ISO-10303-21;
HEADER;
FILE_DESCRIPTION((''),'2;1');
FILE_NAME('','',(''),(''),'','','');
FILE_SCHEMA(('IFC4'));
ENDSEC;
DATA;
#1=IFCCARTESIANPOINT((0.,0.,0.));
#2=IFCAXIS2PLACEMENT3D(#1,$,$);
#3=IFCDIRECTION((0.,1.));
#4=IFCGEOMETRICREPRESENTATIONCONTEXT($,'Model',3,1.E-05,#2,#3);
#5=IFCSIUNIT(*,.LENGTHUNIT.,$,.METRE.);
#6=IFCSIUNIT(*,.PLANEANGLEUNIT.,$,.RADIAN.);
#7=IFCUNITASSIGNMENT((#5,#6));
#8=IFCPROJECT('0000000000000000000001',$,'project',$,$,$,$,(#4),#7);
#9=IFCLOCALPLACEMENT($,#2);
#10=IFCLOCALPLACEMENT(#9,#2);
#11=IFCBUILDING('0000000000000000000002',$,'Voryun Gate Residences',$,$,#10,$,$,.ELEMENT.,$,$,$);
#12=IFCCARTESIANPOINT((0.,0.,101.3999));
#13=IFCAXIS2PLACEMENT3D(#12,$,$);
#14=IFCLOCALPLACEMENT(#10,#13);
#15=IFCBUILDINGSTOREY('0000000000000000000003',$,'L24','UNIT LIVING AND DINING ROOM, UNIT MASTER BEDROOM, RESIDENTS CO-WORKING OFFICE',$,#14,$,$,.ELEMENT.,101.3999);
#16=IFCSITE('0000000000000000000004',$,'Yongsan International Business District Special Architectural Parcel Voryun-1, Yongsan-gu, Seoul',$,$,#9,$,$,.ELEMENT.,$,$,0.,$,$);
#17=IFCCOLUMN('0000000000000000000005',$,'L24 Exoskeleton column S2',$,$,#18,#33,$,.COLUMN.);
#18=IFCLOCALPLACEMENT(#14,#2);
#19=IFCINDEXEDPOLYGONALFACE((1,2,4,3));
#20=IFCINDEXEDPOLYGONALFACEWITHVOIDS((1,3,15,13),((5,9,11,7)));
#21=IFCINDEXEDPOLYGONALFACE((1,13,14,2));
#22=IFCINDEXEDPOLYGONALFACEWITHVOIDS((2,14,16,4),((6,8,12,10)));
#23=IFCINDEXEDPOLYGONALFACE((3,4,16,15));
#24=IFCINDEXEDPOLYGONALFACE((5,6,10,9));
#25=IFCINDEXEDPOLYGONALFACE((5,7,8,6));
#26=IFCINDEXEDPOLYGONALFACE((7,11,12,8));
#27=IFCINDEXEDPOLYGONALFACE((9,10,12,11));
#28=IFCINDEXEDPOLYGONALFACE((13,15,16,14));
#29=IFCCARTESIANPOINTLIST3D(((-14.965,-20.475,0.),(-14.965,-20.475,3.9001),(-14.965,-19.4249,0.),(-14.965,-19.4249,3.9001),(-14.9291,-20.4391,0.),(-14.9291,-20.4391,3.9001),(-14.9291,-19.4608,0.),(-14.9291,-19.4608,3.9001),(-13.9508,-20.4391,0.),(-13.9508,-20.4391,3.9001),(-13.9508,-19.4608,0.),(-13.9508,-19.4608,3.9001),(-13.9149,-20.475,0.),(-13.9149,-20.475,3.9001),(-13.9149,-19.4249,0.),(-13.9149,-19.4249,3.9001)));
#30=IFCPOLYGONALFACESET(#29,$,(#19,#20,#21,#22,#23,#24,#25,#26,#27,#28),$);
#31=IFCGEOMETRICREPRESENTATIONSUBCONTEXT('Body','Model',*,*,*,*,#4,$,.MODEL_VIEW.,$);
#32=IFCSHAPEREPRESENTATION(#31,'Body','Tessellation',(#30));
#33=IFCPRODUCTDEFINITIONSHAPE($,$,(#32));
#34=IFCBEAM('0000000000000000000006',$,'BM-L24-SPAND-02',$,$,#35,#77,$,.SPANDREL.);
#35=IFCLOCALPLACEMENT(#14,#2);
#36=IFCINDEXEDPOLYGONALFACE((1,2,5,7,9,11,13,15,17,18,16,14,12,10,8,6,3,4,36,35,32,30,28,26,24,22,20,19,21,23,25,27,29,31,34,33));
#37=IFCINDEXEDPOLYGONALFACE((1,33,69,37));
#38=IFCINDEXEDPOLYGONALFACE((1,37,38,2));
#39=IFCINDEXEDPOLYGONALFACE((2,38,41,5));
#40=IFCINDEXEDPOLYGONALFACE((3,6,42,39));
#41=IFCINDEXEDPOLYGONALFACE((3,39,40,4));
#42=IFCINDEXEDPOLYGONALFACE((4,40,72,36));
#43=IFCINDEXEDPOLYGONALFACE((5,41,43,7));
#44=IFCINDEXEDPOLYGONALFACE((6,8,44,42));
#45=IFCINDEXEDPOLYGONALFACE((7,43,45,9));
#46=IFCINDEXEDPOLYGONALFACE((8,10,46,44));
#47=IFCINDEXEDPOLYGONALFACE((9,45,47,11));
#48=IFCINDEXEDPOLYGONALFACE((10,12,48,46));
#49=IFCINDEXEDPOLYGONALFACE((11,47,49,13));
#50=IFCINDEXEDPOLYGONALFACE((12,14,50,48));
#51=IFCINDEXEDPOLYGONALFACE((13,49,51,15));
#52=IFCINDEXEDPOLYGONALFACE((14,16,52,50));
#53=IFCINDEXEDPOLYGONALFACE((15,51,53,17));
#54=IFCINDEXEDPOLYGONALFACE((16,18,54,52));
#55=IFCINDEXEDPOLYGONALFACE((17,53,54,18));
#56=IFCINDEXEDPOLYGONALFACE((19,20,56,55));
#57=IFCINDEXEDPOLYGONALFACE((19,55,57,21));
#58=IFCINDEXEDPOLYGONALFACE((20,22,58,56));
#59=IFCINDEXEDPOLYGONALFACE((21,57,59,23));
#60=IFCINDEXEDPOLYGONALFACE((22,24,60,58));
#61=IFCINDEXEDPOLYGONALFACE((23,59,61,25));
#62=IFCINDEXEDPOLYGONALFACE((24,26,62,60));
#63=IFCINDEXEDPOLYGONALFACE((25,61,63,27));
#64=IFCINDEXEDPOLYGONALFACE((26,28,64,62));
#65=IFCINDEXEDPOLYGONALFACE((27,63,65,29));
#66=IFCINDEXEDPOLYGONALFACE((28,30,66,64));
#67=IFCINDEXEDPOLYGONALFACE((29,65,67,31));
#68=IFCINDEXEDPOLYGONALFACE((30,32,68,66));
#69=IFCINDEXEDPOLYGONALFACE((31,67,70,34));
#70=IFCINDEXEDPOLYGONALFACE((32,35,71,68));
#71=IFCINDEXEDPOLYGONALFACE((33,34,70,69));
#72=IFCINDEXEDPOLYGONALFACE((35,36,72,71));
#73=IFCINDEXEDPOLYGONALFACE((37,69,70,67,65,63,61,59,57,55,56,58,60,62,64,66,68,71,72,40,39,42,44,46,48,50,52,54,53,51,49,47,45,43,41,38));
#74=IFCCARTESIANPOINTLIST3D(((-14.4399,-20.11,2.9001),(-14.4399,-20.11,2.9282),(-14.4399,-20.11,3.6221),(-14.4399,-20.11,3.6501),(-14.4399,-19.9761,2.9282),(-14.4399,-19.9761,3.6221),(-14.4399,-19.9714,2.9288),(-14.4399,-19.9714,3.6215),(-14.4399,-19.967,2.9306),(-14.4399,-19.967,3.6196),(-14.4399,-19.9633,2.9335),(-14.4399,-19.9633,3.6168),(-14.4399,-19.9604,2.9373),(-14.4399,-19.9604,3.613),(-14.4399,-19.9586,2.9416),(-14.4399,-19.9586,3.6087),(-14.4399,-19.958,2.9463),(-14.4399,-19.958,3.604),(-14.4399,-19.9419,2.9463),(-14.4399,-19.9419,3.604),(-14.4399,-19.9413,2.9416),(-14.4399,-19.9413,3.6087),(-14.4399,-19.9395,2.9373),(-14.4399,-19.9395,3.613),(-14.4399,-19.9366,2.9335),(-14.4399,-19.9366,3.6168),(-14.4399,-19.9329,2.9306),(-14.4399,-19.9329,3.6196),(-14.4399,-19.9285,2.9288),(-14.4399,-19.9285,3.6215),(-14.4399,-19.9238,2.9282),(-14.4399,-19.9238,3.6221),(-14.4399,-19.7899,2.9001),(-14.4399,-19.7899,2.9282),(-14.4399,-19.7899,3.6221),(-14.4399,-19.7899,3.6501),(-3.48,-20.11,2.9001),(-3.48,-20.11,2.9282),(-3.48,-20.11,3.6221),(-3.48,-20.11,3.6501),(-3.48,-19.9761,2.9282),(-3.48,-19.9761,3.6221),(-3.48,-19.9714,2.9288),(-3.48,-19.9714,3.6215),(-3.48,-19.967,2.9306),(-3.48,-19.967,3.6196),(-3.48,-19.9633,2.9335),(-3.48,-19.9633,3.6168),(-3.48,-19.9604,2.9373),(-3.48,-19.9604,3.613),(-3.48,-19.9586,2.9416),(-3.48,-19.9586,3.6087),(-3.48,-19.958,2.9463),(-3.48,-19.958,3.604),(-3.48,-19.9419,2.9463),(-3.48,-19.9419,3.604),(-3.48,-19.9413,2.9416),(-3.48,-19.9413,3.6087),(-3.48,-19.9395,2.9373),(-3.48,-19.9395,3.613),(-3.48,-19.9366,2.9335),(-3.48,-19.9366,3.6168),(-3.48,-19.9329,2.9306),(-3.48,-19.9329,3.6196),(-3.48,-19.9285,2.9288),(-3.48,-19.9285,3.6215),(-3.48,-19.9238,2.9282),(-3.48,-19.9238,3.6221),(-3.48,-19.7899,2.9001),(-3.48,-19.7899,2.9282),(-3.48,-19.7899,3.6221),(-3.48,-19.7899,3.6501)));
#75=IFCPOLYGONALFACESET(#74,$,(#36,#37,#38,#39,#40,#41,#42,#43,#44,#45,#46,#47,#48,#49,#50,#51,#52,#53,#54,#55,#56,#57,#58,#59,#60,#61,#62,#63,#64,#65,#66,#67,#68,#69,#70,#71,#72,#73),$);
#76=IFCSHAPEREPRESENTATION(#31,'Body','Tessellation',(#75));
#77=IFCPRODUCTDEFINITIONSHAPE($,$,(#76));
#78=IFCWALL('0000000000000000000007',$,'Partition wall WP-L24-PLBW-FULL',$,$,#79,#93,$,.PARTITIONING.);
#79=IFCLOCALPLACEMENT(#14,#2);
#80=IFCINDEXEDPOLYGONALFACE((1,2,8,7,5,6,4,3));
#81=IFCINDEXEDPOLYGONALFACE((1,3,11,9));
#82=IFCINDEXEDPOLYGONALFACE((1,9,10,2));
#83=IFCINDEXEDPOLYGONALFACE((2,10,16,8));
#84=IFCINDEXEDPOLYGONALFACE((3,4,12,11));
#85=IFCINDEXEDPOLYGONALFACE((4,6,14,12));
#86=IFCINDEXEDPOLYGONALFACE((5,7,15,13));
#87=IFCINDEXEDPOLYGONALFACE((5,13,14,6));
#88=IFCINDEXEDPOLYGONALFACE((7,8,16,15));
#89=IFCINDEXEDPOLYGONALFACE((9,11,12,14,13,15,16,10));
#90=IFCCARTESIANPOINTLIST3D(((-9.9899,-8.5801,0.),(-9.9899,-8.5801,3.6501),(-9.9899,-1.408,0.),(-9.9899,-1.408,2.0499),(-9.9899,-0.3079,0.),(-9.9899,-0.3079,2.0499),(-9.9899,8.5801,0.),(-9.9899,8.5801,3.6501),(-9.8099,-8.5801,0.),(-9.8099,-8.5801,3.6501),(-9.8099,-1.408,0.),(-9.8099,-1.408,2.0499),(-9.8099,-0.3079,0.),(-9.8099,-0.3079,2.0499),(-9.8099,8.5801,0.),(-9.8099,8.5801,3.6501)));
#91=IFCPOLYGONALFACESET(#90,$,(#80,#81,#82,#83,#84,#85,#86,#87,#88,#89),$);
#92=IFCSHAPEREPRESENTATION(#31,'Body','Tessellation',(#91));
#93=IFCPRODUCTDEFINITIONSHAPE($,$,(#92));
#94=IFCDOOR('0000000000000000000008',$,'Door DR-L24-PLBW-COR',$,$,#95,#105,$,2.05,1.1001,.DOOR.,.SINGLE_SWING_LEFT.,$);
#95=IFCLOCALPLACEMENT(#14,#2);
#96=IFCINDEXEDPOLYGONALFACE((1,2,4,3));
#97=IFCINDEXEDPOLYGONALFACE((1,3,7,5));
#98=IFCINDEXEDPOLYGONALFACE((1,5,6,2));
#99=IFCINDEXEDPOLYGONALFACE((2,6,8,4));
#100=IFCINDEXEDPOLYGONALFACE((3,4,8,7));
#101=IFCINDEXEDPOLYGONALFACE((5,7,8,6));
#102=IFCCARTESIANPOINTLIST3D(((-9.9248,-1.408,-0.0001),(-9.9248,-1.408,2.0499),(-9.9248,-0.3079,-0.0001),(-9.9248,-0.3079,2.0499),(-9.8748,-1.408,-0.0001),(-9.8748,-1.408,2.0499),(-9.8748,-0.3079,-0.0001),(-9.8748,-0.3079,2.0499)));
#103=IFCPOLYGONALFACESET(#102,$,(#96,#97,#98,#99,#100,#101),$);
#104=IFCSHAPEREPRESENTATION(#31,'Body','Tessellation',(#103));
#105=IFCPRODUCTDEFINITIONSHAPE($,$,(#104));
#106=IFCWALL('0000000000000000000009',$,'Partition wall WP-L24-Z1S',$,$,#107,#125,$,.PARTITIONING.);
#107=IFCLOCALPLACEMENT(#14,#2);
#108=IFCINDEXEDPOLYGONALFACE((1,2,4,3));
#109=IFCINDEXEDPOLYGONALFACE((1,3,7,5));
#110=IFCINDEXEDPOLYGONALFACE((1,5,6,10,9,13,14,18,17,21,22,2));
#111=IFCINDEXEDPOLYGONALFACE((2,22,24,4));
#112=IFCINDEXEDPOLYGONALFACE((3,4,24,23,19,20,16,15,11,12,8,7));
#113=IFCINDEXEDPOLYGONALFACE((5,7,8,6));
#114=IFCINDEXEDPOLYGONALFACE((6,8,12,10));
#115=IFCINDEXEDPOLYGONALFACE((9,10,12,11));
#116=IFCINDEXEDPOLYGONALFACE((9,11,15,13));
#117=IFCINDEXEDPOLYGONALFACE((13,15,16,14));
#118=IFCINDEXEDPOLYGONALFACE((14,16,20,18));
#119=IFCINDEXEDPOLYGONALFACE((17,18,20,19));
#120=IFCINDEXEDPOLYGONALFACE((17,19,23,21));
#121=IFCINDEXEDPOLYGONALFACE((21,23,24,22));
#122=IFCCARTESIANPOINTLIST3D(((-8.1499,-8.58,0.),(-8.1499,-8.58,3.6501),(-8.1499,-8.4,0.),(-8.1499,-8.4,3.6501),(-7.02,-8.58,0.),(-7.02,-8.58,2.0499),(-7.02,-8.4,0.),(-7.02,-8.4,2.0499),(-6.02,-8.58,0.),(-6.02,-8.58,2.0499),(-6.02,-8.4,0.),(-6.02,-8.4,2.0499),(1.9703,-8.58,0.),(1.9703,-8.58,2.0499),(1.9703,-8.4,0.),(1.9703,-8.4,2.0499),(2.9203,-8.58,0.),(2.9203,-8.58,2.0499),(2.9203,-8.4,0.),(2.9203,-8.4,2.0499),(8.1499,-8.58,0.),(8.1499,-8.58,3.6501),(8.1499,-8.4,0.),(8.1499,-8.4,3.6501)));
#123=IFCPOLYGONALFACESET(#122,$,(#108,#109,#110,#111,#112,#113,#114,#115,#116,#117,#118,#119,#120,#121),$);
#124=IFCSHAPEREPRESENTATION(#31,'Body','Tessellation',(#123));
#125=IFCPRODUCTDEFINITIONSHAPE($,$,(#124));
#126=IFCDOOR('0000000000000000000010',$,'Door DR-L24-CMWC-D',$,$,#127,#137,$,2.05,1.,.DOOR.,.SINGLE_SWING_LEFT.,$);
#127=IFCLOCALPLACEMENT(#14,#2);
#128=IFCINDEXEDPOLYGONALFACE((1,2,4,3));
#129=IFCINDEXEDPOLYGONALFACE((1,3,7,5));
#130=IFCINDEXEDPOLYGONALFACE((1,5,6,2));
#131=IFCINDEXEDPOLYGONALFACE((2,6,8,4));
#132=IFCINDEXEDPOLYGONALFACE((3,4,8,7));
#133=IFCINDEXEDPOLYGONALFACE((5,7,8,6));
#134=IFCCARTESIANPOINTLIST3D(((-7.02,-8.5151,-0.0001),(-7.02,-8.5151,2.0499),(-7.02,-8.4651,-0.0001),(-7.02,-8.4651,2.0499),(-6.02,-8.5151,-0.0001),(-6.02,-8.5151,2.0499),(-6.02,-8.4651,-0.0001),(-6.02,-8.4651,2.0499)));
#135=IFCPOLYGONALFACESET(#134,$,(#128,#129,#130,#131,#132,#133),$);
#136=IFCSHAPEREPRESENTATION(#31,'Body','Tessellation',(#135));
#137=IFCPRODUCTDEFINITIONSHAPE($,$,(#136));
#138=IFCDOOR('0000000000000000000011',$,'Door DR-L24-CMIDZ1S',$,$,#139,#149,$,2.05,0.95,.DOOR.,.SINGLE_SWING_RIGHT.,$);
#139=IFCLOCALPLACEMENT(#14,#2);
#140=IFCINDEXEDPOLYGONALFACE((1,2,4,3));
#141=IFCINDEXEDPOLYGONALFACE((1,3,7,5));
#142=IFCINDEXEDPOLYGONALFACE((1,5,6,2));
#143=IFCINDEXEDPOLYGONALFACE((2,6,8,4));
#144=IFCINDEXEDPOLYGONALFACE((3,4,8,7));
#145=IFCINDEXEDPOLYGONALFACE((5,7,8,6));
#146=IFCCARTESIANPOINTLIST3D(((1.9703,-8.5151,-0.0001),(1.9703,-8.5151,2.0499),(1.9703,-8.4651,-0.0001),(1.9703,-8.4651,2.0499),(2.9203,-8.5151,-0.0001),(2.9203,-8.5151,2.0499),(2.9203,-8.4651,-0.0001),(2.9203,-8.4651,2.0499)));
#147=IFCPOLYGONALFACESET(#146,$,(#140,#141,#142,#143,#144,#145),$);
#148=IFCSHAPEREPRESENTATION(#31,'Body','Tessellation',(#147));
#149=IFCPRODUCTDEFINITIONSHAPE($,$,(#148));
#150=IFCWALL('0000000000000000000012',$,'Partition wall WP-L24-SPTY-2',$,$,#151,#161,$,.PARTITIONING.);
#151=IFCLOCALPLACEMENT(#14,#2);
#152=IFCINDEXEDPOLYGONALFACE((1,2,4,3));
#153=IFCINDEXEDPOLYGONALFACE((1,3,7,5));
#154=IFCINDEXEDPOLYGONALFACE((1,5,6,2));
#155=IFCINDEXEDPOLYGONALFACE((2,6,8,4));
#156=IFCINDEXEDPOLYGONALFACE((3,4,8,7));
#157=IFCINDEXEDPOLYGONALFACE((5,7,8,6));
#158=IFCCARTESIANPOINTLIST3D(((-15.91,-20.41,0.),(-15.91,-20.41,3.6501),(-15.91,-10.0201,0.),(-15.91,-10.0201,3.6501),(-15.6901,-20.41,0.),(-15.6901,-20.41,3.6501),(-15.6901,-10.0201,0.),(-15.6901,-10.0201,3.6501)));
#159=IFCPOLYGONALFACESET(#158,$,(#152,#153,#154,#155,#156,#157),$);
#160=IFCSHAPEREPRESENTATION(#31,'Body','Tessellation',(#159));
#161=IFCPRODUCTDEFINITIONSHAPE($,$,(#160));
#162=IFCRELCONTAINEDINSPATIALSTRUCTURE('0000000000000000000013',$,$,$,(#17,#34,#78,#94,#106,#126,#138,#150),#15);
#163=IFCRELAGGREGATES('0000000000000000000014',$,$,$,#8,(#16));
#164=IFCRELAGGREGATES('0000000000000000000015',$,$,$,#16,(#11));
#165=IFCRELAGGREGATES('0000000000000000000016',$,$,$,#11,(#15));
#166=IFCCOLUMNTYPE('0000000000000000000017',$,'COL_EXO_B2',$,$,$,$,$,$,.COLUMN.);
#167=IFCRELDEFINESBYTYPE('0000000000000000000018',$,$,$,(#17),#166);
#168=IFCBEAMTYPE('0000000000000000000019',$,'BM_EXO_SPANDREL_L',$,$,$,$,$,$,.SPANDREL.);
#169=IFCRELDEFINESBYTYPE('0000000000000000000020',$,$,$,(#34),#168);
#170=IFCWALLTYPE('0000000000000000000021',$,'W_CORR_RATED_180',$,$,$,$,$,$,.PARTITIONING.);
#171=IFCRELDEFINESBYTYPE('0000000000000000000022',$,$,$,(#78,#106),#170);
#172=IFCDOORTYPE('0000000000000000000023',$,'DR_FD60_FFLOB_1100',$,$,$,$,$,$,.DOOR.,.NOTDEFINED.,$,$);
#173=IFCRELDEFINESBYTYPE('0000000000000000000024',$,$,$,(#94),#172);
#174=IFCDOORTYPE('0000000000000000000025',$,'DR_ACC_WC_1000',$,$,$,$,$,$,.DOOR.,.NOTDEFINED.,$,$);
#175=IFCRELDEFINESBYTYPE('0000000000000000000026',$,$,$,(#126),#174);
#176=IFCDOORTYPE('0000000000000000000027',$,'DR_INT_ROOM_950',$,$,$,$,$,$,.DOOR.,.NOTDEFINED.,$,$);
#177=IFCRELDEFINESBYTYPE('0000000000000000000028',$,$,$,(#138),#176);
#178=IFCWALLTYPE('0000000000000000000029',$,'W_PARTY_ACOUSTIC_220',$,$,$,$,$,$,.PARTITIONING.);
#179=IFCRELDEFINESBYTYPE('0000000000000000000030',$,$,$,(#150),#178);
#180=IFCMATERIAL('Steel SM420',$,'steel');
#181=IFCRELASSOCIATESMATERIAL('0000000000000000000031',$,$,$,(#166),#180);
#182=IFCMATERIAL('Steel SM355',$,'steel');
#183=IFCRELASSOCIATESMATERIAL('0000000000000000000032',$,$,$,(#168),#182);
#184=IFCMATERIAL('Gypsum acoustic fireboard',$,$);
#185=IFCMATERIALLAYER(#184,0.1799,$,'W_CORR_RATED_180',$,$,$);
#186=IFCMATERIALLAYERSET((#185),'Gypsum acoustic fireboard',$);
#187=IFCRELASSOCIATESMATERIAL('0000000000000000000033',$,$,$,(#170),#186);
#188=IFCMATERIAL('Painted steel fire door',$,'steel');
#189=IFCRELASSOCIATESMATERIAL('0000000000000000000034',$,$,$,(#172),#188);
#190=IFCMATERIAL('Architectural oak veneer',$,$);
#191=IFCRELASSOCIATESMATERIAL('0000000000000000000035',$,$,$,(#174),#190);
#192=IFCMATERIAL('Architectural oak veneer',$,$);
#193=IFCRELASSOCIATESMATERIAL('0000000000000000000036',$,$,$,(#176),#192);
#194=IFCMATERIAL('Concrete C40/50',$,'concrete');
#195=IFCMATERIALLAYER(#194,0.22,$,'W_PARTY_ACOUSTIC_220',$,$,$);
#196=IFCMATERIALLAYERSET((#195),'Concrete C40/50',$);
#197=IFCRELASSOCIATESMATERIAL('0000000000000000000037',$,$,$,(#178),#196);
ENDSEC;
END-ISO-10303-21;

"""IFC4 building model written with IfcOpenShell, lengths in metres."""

from ifc_helpers import new_model, si_unit, direction, frame, frame_2d, origin, origin_2d, place, context, subcontext, project, spatial, rectangle, hollow_rectangle, i_section, extrude, material, layer, layer_set, material_profile, profile_set, type_object, element, fill, save


model = new_model("IFC4")

# Units and contexts
model_context = context("Model", 3, precision=1e-05, world=origin(), true_north=direction((0.0, 1.0)))
body_context = subcontext(model_context, "Body", "Model", "MODEL_VIEW")
ifc_project = project(units=[si_unit("LENGTHUNIT", "METRE"), si_unit("PLANEANGLEUNIT", "RADIAN")], contexts=[model_context])

# Site, building, storey
site_placement = place(None, origin())
site = spatial("IfcSite", under=ifc_project, at=site_placement, Name="Yongsan International Business District Special Architectural Parcel Voryun-1, Yongsan-gu, Seoul", CompositionType="ELEMENT", RefElevation=0.0)
building_placement = place(site_placement, origin())
building = spatial("IfcBuilding", under=site, at=building_placement, Name="Voryun Gate Residences", CompositionType="ELEMENT")
storey_placement = place(building_placement, frame((0.0, 0.0, 101.3999)))
storey = spatial("IfcBuildingStorey", under=building, at=storey_placement, Name="L24", Description="UNIT LIVING AND DINING ROOM, UNIT MASTER BEDROOM, RESIDENTS CO-WORKING OFFICE", CompositionType="ELEMENT", Elevation=101.3999)

# Column
ifc_material_1 = material(Name="Steel SM420", Category="steel")
ifc_material_profile_1 = material_profile(ifc_material_1, hollow_rectangle(XDim=1.05, YDim=1.05, WallThickness=0.0359, at=origin_2d()), Name="BOX-1050x1050x36")
ifc_profile_set_1 = profile_set([ifc_material_profile_1], Name="Steel SM420")
column_type = type_object("IfcColumnType", Name="COL_EXO_B2", PredefinedType="COLUMN", material=ifc_profile_set_1)
column_placement = place(storey_placement, frame((-14.4399, -19.95, 0.0), z_axis=(0.0, 0.0, 1.0), x_axis=(1.0, 0.0, 0.0)))
element("IfcColumn", 1, at=column_placement, inside=storey, type_object=column_type, Name="L24 Exoskeleton column S2", PredefinedType="COLUMN", context=body_context, shape_type="SweptSolid", body=[
    extrude(hollow_rectangle(XDim=1.05, YDim=1.05, WallThickness=0.0359, at=origin_2d()), origin(), (0.0, 0.0, 1.0), 3.9001),
])

# Beam
ifc_material_2 = material(Name="Steel SM355", Category="steel")
ifc_material_profile_2 = material_profile(ifc_material_2, i_section(OverallWidth=0.3201, OverallDepth=0.75, WebThickness=0.0161, FlangeThickness=0.0281, FilletRadius=0.0181, at=origin_2d()), Name="H-750x320x16x28")
ifc_profile_set_2 = profile_set([ifc_material_profile_2], Name="Steel SM355")
beam_type = type_object("IfcBeamType", Name="BM_EXO_SPANDREL_L", PredefinedType="SPANDREL", material=ifc_profile_set_2)
beam_placement = place(storey_placement, frame((-14.4399, -19.95, 3.2751), z_axis=(1.0, 0.0, 0.0), x_axis=(0.0, 1.0, 0.0)))
element("IfcBeam", 2, at=beam_placement, inside=storey, type_object=beam_type, Name="BM-L24-SPAND-02", PredefinedType="SPANDREL", context=body_context, shape_type="SweptSolid", body=[
    extrude(i_section(OverallWidth=0.3201, OverallDepth=0.75, WebThickness=0.0161, FlangeThickness=0.0281, FilletRadius=0.0181, at=origin_2d()), origin(), (0.0, 0.0, 1.0), 10.96),
])

# Wall, opening, door
ifc_material_3 = material(Name="Gypsum acoustic fireboard")
ifc_layer_1 = layer(ifc_material_3, 0.1799, Name="W_CORR_RATED_180")
ifc_layer_set_1 = layer_set([ifc_layer_1], Name="Gypsum acoustic fireboard")
wall_type_1 = type_object("IfcWallType", Name="W_CORR_RATED_180", PredefinedType="PARTITIONING", material=ifc_layer_set_1)
wall_1_placement = place(storey_placement, frame((-9.8999, -8.5801, 0.0), z_axis=(0.0, 0.0, 1.0), x_axis=(0.0, 1.0, 0.0)))
wall_1 = element("IfcWall", 3, at=wall_1_placement, inside=storey, type_object=wall_type_1, Name="Partition wall WP-L24-PLBW-FULL", PredefinedType="PARTITIONING", context=body_context, shape_type="SweptSolid", body=[
    extrude(rectangle(XDim=17.1602, YDim=0.1799, at=frame_2d((8.5801, 0.0))), origin(), (0.0, 0.0, 1.0), 3.6501),
])
opening_1_placement = place(wall_1_placement, frame((7.1721, 0.0, 0.0)))
opening_1 = element("IfcOpeningElement", 4, at=opening_1_placement, cuts=wall_1, PredefinedType="OPENING", context=body_context, shape_type="SweptSolid", body=[
    extrude(rectangle(XDim=1.1001, YDim=2.05, at=frame_2d((0.55, 1.0249))), frame((0.0, 0.0999, 0.0), z_axis=(0.0, -1.0, 0.0), x_axis=(1.0, 0.0, 0.0)), (0.0, 0.0, 1.0), 0.2),
])
ifc_material_4 = material(Name="Painted steel fire door", Category="steel")
door_type_1 = type_object("IfcDoorType", Name="DR_FD60_FFLOB_1100", OperationType="NOTDEFINED", PredefinedType="DOOR", material=ifc_material_4)
door_1_placement = place(opening_1_placement, origin())
door_1 = element("IfcDoor", 5, at=door_1_placement, inside=storey, type_object=door_type_1, Name="Door DR-L24-PLBW-COR", OperationType="SINGLE_SWING_LEFT", OverallHeight=2.05, OverallWidth=1.1001, PredefinedType="DOOR", context=body_context, shape_type="SweptSolid", body=[
    extrude(rectangle(XDim=1.1001, YDim=2.05, at=frame_2d((0.55, 1.0249))), frame((0.0, 0.0249, 0.0), z_axis=(0.0, -1.0, 0.0), x_axis=(1.0, 0.0, 0.0)), (0.0, 0.0, 1.0), 0.05),
])
fill(opening_1, door_1)

# Wall, openings, doors
wall_2_placement = place(storey_placement, frame((-8.1499, -8.49, 0.0), z_axis=(0.0, 0.0, 1.0), x_axis=(1.0, 0.0, 0.0)))
wall_2 = element("IfcWall", 6, at=wall_2_placement, inside=storey, type_object=wall_type_1, Name="Partition wall WP-L24-Z1S", PredefinedType="PARTITIONING", context=body_context, shape_type="SweptSolid", body=[
    extrude(rectangle(XDim=16.2998, YDim=0.1799, at=frame_2d((8.1499, 0.0))), origin(), (0.0, 0.0, 1.0), 3.6501),
])
opening_2_placement = place(wall_2_placement, frame((1.1299, 0.0, 0.0)))
opening_2 = element("IfcOpeningElement", 7, at=opening_2_placement, cuts=wall_2, PredefinedType="OPENING", context=body_context, shape_type="SweptSolid", body=[
    extrude(rectangle(XDim=1.0, YDim=2.05, at=frame_2d((0.5, 1.0249))), frame((0.0, 0.0999, 0.0), z_axis=(0.0, -1.0, 0.0), x_axis=(1.0, 0.0, 0.0)), (0.0, 0.0, 1.0), 0.2),
])
opening_3_placement = place(wall_2_placement, frame((10.1201, 0.0, 0.0)))
opening_3 = element("IfcOpeningElement", 8, at=opening_3_placement, cuts=wall_2, PredefinedType="OPENING", context=body_context, shape_type="SweptSolid", body=[
    extrude(rectangle(XDim=0.95, YDim=2.05, at=frame_2d((0.4751, 1.0249))), frame((0.0, 0.0999, 0.0), z_axis=(0.0, -1.0, 0.0), x_axis=(1.0, 0.0, 0.0)), (0.0, 0.0, 1.0), 0.2),
])
ifc_material_5 = material(Name="Architectural oak veneer")
door_type_2 = type_object("IfcDoorType", Name="DR_ACC_WC_1000", OperationType="NOTDEFINED", PredefinedType="DOOR", material=ifc_material_5)
door_2_placement = place(opening_2_placement, origin())
door_2 = element("IfcDoor", 9, at=door_2_placement, inside=storey, type_object=door_type_2, Name="Door DR-L24-CMWC-D", OperationType="SINGLE_SWING_LEFT", OverallHeight=2.05, OverallWidth=1.0, PredefinedType="DOOR", context=body_context, shape_type="SweptSolid", body=[
    extrude(rectangle(XDim=1.0, YDim=2.05, at=frame_2d((0.5, 1.0249))), frame((0.0, 0.0249, 0.0), z_axis=(0.0, -1.0, 0.0), x_axis=(1.0, 0.0, 0.0)), (0.0, 0.0, 1.0), 0.05),
])
fill(opening_2, door_2)
ifc_material_6 = material(Name="Architectural oak veneer")
door_type_3 = type_object("IfcDoorType", Name="DR_INT_ROOM_950", OperationType="NOTDEFINED", PredefinedType="DOOR", material=ifc_material_6)
door_3_placement = place(opening_3_placement, origin())
door_3 = element("IfcDoor", 10, at=door_3_placement, inside=storey, type_object=door_type_3, Name="Door DR-L24-CMIDZ1S", OperationType="SINGLE_SWING_RIGHT", OverallHeight=2.05, OverallWidth=0.95, PredefinedType="DOOR", context=body_context, shape_type="SweptSolid", body=[
    extrude(rectangle(XDim=0.95, YDim=2.05, at=frame_2d((0.4751, 1.0249))), frame((0.0, 0.0249, 0.0), z_axis=(0.0, -1.0, 0.0), x_axis=(1.0, 0.0, 0.0)), (0.0, 0.0, 1.0), 0.05),
])
fill(opening_3, door_3)

# Wall
ifc_material_7 = material(Name="Concrete C40/50", Category="concrete")
ifc_layer_2 = layer(ifc_material_7, 0.22, Name="W_PARTY_ACOUSTIC_220")
ifc_layer_set_2 = layer_set([ifc_layer_2], Name="Concrete C40/50")
wall_type_2 = type_object("IfcWallType", Name="W_PARTY_ACOUSTIC_220", PredefinedType="PARTITIONING", material=ifc_layer_set_2)
wall_3_placement = place(storey_placement, frame((-15.8, -20.4099, 0.0), z_axis=(0.0, 0.0, 1.0), x_axis=(0.0, 1.0, 0.0)))
element("IfcWall", 11, at=wall_3_placement, inside=storey, type_object=wall_type_2, Name="Partition wall WP-L24-SPTY-2", PredefinedType="PARTITIONING", context=body_context, shape_type="SweptSolid", body=[
    extrude(rectangle(XDim=10.3899, YDim=0.22, at=frame_2d((5.1948, 0.0))), origin(), (0.0, 0.0, 1.0), 3.6501),
])

save(model, "model.ifc")
